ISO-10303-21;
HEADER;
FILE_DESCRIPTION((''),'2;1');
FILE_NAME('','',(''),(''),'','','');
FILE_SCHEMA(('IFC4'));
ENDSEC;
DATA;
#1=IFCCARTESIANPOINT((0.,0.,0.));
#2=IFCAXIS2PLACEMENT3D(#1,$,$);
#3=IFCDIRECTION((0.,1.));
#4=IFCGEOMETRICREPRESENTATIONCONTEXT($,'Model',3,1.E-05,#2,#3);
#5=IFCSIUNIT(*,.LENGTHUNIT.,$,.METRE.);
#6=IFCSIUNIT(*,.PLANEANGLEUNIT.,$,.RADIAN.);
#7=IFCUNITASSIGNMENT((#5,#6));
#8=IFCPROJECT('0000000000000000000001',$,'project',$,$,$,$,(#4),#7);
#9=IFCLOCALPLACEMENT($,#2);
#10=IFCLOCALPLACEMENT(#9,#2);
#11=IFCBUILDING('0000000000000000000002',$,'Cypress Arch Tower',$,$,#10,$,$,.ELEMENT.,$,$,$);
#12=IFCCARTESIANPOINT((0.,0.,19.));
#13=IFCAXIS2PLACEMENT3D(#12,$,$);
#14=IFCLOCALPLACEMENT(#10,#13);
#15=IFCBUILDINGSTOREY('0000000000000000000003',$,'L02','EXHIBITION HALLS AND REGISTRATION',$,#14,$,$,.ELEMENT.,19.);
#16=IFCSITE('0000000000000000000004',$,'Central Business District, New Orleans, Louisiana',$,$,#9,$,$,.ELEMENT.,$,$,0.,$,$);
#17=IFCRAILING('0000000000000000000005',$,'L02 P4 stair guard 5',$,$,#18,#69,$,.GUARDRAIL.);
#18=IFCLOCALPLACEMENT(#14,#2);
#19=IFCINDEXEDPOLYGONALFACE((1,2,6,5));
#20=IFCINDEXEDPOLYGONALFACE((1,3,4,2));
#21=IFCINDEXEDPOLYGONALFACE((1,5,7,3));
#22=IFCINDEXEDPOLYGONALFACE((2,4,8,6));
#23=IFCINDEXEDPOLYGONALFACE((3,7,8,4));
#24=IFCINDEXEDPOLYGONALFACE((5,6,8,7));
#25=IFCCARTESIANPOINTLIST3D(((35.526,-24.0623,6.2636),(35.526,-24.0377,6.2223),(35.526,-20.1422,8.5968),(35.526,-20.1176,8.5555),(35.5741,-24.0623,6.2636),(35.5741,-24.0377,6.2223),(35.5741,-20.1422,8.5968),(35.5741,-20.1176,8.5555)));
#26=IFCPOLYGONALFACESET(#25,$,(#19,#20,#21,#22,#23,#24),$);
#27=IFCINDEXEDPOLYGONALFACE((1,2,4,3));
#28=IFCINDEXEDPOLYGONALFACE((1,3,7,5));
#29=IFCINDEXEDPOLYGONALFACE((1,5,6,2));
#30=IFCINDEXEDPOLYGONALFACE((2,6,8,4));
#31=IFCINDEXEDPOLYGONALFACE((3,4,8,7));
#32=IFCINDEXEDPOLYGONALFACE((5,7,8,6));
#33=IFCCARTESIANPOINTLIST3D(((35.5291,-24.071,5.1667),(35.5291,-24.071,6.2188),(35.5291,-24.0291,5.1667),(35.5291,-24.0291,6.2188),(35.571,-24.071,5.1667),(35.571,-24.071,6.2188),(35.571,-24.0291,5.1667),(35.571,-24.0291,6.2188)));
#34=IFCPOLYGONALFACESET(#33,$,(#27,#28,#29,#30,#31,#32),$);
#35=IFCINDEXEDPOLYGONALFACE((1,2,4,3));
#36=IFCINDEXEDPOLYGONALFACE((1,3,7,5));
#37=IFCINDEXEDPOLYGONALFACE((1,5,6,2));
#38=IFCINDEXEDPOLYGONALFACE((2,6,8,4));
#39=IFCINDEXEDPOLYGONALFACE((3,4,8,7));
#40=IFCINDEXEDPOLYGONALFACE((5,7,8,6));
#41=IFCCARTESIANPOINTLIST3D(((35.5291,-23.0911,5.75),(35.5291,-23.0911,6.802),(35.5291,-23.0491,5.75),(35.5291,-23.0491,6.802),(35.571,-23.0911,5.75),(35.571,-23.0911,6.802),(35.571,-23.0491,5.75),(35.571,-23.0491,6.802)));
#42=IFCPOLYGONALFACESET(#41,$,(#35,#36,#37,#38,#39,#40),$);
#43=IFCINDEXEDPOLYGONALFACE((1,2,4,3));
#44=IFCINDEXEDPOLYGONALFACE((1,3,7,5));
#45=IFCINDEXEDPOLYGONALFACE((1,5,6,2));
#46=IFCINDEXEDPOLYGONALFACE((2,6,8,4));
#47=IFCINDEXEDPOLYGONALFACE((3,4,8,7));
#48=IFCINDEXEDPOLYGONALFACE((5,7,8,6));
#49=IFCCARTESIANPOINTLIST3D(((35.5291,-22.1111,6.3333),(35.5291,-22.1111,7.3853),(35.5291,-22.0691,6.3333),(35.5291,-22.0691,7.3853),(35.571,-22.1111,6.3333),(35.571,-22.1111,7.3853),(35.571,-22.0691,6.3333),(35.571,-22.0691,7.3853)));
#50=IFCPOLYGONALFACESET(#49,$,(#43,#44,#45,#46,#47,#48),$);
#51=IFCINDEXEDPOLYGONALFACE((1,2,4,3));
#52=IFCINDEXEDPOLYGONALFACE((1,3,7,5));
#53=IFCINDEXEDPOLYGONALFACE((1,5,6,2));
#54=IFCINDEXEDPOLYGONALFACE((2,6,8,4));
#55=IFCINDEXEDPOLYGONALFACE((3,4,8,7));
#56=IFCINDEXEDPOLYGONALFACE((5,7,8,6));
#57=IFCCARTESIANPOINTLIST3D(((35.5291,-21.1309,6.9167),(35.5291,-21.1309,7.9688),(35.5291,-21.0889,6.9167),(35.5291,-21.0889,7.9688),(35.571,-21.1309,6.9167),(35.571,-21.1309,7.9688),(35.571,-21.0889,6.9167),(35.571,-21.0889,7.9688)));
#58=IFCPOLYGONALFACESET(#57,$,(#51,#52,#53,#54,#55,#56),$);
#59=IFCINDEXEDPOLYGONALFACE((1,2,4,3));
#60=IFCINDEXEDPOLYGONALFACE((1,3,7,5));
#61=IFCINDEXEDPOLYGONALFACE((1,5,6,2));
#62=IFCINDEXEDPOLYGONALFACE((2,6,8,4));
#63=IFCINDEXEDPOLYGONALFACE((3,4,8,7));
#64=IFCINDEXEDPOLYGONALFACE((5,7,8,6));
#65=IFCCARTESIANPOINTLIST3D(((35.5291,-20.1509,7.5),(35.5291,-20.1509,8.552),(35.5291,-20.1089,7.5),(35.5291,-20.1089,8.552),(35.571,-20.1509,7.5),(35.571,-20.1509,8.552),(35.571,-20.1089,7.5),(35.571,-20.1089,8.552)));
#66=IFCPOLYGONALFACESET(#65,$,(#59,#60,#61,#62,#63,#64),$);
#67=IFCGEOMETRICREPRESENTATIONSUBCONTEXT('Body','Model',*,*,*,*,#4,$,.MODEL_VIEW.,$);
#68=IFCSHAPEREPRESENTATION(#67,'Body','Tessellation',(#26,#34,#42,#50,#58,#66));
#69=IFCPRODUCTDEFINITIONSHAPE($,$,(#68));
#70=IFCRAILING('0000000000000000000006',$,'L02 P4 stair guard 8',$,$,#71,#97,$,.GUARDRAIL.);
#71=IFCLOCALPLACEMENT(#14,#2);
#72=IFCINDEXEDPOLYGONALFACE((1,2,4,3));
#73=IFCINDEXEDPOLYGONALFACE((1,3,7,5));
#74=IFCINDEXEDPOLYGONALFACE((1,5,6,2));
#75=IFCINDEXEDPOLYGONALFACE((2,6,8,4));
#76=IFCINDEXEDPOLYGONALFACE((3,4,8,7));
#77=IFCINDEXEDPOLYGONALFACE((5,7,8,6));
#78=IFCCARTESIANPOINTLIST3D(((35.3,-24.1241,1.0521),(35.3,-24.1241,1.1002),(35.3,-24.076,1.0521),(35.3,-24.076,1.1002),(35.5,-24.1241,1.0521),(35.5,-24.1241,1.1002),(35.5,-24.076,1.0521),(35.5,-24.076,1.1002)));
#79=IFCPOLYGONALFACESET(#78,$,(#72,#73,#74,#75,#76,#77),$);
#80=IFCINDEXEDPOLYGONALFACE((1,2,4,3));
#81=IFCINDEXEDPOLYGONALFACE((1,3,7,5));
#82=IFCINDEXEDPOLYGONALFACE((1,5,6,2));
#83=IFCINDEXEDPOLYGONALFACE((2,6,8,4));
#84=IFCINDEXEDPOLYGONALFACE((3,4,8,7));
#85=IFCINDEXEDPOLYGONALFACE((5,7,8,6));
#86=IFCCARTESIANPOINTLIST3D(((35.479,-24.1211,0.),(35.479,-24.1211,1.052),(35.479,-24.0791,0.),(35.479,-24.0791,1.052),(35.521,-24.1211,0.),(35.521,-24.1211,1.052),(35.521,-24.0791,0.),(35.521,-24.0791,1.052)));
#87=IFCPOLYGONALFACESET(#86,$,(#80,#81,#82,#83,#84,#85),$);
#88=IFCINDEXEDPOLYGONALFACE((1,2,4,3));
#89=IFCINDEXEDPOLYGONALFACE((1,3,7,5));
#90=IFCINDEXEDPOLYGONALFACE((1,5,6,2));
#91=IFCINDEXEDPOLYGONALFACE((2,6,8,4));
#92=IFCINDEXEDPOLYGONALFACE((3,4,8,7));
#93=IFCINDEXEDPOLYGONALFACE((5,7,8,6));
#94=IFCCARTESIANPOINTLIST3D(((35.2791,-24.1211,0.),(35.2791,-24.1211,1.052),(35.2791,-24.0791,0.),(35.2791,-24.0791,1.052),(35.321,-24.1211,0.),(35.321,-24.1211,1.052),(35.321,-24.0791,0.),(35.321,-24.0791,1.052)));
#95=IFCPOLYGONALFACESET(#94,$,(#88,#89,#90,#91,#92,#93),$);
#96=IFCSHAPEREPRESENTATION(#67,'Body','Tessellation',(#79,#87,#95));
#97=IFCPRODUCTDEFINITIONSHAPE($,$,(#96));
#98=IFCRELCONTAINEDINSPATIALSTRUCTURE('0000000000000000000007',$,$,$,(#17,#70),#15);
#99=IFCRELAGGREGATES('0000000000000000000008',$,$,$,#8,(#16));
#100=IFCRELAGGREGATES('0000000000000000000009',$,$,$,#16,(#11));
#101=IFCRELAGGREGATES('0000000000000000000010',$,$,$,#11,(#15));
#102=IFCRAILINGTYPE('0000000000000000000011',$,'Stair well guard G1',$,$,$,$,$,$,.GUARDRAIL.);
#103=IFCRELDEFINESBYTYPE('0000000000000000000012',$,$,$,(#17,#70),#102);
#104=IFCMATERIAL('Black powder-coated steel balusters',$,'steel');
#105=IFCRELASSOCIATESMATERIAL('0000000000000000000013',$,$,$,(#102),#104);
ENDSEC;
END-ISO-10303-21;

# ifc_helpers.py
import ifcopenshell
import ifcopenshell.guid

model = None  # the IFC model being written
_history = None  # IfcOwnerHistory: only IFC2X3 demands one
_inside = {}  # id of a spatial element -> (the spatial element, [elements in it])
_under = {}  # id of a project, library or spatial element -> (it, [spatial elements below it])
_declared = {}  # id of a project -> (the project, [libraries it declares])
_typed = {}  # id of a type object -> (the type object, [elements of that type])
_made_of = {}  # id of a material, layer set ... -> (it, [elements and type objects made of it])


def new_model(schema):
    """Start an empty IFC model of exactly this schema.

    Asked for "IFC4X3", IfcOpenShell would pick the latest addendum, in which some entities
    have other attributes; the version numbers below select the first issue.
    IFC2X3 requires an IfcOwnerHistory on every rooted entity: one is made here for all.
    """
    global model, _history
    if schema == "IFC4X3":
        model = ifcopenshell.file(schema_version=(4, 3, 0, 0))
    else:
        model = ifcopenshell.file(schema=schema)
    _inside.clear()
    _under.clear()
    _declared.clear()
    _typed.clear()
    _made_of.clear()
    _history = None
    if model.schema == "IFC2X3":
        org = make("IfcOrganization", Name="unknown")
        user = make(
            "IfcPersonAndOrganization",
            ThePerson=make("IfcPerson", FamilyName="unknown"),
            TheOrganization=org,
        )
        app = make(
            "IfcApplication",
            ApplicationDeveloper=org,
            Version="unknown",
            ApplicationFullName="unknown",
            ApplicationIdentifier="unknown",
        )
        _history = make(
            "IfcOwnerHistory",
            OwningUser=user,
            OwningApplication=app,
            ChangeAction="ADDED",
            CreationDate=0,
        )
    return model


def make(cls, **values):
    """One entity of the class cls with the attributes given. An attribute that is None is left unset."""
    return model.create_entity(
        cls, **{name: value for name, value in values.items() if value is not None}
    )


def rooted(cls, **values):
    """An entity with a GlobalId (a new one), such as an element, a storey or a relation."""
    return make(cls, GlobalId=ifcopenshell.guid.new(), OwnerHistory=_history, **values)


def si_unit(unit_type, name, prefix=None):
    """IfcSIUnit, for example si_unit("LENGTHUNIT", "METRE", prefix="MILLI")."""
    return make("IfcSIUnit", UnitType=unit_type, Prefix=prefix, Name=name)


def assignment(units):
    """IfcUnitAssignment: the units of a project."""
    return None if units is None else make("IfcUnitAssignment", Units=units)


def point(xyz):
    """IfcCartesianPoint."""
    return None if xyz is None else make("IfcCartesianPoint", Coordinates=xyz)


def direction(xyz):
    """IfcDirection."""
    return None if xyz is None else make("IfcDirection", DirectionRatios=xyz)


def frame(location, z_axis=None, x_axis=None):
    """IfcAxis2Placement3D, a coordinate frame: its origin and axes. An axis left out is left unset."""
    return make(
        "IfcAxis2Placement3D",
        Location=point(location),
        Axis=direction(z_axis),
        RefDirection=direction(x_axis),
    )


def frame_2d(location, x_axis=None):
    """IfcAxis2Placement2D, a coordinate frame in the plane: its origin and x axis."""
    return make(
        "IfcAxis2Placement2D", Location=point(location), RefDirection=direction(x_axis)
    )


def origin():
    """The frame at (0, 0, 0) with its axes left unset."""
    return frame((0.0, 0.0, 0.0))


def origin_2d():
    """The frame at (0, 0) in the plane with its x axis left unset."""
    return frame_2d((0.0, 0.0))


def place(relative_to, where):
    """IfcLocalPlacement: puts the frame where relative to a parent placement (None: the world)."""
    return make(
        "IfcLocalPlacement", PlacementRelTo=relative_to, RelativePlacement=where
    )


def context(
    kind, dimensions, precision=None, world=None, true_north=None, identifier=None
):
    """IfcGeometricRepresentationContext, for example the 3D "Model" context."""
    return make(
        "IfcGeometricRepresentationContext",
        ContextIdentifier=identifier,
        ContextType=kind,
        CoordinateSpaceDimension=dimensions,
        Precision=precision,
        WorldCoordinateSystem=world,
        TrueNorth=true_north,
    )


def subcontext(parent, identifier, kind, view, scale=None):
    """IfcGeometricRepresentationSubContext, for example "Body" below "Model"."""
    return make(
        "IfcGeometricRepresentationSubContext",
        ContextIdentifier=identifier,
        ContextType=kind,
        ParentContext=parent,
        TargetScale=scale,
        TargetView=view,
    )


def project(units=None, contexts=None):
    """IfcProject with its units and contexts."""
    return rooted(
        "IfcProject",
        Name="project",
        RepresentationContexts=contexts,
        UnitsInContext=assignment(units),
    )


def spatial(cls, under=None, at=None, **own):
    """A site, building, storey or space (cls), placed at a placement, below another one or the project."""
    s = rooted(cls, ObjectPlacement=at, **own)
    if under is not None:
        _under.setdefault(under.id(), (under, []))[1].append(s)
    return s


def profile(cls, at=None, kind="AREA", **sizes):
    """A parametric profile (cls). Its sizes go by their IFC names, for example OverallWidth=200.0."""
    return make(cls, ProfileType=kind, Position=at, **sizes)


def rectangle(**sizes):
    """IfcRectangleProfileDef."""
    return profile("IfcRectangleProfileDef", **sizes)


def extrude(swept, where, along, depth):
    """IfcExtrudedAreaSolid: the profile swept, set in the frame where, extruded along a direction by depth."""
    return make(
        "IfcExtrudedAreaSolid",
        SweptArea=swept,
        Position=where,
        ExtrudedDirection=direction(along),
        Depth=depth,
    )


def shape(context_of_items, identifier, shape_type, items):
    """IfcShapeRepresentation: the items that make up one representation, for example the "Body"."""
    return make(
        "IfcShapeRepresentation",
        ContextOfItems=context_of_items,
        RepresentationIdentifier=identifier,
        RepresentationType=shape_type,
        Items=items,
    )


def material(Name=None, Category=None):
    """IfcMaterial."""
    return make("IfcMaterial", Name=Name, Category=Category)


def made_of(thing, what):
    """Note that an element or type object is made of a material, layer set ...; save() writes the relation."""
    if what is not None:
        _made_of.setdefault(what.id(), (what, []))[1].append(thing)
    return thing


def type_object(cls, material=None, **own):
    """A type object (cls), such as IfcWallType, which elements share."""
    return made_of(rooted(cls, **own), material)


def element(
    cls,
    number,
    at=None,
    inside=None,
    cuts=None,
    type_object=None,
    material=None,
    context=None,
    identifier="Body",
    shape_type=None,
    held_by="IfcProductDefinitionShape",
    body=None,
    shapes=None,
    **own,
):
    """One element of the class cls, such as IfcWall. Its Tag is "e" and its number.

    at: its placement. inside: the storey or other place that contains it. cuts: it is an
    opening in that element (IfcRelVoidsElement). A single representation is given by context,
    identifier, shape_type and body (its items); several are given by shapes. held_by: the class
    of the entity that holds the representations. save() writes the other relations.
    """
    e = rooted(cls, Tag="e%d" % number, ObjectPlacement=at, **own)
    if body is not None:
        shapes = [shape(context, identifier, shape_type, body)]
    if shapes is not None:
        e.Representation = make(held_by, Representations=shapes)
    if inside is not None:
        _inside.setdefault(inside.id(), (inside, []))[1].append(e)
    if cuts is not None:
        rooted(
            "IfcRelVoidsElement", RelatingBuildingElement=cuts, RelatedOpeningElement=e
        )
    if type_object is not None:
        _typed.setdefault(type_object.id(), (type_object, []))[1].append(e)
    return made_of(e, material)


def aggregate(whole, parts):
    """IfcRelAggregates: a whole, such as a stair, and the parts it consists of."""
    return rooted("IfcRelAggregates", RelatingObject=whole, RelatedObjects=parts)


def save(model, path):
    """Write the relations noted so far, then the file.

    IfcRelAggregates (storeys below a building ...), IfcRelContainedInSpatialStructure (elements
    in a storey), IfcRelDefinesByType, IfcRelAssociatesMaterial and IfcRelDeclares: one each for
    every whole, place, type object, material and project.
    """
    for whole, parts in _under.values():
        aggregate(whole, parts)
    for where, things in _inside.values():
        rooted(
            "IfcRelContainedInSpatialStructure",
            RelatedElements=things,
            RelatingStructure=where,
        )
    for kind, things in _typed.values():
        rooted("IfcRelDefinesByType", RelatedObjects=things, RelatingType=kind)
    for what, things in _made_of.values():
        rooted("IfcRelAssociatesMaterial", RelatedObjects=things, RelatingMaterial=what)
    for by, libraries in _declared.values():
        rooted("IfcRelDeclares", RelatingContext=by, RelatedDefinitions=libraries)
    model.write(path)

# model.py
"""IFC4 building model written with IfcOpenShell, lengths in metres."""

from ifc_helpers import new_model, si_unit, direction, frame, origin, origin_2d, place, context, subcontext, project, spatial, rectangle, extrude, material, type_object, element, save


model = new_model("IFC4")

# Units and contexts
model_context = context("Model", 3, precision=1e-05, world=origin(), true_north=direction((0.0, 1.0)))
body_context = subcontext(model_context, "Body", "Model", "MODEL_VIEW")
ifc_project = project(units=[si_unit("LENGTHUNIT", "METRE"), si_unit("PLANEANGLEUNIT", "RADIAN")], contexts=[model_context])

# Site, building, storey
site_placement = place(None, origin())
site = spatial("IfcSite", under=ifc_project, at=site_placement, Name="Central Business District, New Orleans, Louisiana", CompositionType="ELEMENT", RefElevation=0.0)
building_placement = place(site_placement, origin())
building = spatial("IfcBuilding", under=site, at=building_placement, Name="Cypress Arch Tower", CompositionType="ELEMENT")
storey_placement = place(building_placement, frame((0.0, 0.0, 19.0)))
storey = spatial("IfcBuildingStorey", under=building, at=storey_placement, Name="L02", Description="EXHIBITION HALLS AND REGISTRATION", CompositionType="ELEMENT", Elevation=19.0)

# Railings
ifc_material_1 = material(Name="Black powder-coated steel balusters", Category="steel")
railing_type_1 = type_object("IfcRailingType", Name="Stair well guard G1", PredefinedType="GUARDRAIL", material=ifc_material_1)
railing_1_placement = place(storey_placement, frame((35.55, -24.05, 5.1667)))
element("IfcRailing", 1, at=railing_1_placement, inside=storey, type_object=railing_type_1, Name="L02 P4 stair guard 5", PredefinedType="GUARDRAIL", context=body_context, shape_type="SweptSolid", body=[
    extrude(rectangle(XDim=0.0481, YDim=0.0481, at=origin_2d()), frame((0.0, 0.0, 1.0762), z_axis=(0.0, 0.85931, 0.511455), x_axis=(-1.0, 0.0, 0.0)), (0.0, 0.0, 1.0), 4.562),
    extrude(rectangle(XDim=0.042, YDim=0.042, at=origin_2d()), origin(), (0.0, 0.0, 1.0), 1.052),
    extrude(rectangle(XDim=0.042, YDim=0.042, at=origin_2d()), frame((0.0, 0.98, 0.5833)), (0.0, 0.0, 1.0), 1.052),
    extrude(rectangle(XDim=0.042, YDim=0.042, at=origin_2d()), frame((0.0, 1.96, 1.1665)), (0.0, 0.0, 1.0), 1.052),
    extrude(rectangle(XDim=0.042, YDim=0.042, at=origin_2d()), frame((0.0, 2.9402, 1.75)), (0.0, 0.0, 1.0), 1.052),
    extrude(rectangle(XDim=0.042, YDim=0.042, at=origin_2d()), frame((0.0, 3.9202, 2.3333)), (0.0, 0.0, 1.0), 1.052),
])
railing_2_placement = place(storey_placement, frame((35.5, -24.1001, 0.0)))
element("IfcRailing", 2, at=railing_2_placement, inside=storey, type_object=railing_type_1, Name="L02 P4 stair guard 8", PredefinedType="GUARDRAIL", context=body_context, shape_type="SweptSolid", body=[
    extrude(rectangle(XDim=0.0481, YDim=0.0481, at=origin_2d()), frame((0.0, 0.0, 1.0762), z_axis=(-1.0, 0.0, 0.0), x_axis=(0.0, -1.0, 0.0)), (0.0, 0.0, 1.0), 0.2),
    extrude(rectangle(XDim=0.042, YDim=0.042, at=origin_2d()), origin(), (0.0, 0.0, 1.0), 1.052),
    extrude(rectangle(XDim=0.042, YDim=0.042, at=origin_2d()), frame((-0.2, 0.0, 0.0)), (0.0, 0.0, 1.0), 1.052),
])

save(model, "model.ifc")
